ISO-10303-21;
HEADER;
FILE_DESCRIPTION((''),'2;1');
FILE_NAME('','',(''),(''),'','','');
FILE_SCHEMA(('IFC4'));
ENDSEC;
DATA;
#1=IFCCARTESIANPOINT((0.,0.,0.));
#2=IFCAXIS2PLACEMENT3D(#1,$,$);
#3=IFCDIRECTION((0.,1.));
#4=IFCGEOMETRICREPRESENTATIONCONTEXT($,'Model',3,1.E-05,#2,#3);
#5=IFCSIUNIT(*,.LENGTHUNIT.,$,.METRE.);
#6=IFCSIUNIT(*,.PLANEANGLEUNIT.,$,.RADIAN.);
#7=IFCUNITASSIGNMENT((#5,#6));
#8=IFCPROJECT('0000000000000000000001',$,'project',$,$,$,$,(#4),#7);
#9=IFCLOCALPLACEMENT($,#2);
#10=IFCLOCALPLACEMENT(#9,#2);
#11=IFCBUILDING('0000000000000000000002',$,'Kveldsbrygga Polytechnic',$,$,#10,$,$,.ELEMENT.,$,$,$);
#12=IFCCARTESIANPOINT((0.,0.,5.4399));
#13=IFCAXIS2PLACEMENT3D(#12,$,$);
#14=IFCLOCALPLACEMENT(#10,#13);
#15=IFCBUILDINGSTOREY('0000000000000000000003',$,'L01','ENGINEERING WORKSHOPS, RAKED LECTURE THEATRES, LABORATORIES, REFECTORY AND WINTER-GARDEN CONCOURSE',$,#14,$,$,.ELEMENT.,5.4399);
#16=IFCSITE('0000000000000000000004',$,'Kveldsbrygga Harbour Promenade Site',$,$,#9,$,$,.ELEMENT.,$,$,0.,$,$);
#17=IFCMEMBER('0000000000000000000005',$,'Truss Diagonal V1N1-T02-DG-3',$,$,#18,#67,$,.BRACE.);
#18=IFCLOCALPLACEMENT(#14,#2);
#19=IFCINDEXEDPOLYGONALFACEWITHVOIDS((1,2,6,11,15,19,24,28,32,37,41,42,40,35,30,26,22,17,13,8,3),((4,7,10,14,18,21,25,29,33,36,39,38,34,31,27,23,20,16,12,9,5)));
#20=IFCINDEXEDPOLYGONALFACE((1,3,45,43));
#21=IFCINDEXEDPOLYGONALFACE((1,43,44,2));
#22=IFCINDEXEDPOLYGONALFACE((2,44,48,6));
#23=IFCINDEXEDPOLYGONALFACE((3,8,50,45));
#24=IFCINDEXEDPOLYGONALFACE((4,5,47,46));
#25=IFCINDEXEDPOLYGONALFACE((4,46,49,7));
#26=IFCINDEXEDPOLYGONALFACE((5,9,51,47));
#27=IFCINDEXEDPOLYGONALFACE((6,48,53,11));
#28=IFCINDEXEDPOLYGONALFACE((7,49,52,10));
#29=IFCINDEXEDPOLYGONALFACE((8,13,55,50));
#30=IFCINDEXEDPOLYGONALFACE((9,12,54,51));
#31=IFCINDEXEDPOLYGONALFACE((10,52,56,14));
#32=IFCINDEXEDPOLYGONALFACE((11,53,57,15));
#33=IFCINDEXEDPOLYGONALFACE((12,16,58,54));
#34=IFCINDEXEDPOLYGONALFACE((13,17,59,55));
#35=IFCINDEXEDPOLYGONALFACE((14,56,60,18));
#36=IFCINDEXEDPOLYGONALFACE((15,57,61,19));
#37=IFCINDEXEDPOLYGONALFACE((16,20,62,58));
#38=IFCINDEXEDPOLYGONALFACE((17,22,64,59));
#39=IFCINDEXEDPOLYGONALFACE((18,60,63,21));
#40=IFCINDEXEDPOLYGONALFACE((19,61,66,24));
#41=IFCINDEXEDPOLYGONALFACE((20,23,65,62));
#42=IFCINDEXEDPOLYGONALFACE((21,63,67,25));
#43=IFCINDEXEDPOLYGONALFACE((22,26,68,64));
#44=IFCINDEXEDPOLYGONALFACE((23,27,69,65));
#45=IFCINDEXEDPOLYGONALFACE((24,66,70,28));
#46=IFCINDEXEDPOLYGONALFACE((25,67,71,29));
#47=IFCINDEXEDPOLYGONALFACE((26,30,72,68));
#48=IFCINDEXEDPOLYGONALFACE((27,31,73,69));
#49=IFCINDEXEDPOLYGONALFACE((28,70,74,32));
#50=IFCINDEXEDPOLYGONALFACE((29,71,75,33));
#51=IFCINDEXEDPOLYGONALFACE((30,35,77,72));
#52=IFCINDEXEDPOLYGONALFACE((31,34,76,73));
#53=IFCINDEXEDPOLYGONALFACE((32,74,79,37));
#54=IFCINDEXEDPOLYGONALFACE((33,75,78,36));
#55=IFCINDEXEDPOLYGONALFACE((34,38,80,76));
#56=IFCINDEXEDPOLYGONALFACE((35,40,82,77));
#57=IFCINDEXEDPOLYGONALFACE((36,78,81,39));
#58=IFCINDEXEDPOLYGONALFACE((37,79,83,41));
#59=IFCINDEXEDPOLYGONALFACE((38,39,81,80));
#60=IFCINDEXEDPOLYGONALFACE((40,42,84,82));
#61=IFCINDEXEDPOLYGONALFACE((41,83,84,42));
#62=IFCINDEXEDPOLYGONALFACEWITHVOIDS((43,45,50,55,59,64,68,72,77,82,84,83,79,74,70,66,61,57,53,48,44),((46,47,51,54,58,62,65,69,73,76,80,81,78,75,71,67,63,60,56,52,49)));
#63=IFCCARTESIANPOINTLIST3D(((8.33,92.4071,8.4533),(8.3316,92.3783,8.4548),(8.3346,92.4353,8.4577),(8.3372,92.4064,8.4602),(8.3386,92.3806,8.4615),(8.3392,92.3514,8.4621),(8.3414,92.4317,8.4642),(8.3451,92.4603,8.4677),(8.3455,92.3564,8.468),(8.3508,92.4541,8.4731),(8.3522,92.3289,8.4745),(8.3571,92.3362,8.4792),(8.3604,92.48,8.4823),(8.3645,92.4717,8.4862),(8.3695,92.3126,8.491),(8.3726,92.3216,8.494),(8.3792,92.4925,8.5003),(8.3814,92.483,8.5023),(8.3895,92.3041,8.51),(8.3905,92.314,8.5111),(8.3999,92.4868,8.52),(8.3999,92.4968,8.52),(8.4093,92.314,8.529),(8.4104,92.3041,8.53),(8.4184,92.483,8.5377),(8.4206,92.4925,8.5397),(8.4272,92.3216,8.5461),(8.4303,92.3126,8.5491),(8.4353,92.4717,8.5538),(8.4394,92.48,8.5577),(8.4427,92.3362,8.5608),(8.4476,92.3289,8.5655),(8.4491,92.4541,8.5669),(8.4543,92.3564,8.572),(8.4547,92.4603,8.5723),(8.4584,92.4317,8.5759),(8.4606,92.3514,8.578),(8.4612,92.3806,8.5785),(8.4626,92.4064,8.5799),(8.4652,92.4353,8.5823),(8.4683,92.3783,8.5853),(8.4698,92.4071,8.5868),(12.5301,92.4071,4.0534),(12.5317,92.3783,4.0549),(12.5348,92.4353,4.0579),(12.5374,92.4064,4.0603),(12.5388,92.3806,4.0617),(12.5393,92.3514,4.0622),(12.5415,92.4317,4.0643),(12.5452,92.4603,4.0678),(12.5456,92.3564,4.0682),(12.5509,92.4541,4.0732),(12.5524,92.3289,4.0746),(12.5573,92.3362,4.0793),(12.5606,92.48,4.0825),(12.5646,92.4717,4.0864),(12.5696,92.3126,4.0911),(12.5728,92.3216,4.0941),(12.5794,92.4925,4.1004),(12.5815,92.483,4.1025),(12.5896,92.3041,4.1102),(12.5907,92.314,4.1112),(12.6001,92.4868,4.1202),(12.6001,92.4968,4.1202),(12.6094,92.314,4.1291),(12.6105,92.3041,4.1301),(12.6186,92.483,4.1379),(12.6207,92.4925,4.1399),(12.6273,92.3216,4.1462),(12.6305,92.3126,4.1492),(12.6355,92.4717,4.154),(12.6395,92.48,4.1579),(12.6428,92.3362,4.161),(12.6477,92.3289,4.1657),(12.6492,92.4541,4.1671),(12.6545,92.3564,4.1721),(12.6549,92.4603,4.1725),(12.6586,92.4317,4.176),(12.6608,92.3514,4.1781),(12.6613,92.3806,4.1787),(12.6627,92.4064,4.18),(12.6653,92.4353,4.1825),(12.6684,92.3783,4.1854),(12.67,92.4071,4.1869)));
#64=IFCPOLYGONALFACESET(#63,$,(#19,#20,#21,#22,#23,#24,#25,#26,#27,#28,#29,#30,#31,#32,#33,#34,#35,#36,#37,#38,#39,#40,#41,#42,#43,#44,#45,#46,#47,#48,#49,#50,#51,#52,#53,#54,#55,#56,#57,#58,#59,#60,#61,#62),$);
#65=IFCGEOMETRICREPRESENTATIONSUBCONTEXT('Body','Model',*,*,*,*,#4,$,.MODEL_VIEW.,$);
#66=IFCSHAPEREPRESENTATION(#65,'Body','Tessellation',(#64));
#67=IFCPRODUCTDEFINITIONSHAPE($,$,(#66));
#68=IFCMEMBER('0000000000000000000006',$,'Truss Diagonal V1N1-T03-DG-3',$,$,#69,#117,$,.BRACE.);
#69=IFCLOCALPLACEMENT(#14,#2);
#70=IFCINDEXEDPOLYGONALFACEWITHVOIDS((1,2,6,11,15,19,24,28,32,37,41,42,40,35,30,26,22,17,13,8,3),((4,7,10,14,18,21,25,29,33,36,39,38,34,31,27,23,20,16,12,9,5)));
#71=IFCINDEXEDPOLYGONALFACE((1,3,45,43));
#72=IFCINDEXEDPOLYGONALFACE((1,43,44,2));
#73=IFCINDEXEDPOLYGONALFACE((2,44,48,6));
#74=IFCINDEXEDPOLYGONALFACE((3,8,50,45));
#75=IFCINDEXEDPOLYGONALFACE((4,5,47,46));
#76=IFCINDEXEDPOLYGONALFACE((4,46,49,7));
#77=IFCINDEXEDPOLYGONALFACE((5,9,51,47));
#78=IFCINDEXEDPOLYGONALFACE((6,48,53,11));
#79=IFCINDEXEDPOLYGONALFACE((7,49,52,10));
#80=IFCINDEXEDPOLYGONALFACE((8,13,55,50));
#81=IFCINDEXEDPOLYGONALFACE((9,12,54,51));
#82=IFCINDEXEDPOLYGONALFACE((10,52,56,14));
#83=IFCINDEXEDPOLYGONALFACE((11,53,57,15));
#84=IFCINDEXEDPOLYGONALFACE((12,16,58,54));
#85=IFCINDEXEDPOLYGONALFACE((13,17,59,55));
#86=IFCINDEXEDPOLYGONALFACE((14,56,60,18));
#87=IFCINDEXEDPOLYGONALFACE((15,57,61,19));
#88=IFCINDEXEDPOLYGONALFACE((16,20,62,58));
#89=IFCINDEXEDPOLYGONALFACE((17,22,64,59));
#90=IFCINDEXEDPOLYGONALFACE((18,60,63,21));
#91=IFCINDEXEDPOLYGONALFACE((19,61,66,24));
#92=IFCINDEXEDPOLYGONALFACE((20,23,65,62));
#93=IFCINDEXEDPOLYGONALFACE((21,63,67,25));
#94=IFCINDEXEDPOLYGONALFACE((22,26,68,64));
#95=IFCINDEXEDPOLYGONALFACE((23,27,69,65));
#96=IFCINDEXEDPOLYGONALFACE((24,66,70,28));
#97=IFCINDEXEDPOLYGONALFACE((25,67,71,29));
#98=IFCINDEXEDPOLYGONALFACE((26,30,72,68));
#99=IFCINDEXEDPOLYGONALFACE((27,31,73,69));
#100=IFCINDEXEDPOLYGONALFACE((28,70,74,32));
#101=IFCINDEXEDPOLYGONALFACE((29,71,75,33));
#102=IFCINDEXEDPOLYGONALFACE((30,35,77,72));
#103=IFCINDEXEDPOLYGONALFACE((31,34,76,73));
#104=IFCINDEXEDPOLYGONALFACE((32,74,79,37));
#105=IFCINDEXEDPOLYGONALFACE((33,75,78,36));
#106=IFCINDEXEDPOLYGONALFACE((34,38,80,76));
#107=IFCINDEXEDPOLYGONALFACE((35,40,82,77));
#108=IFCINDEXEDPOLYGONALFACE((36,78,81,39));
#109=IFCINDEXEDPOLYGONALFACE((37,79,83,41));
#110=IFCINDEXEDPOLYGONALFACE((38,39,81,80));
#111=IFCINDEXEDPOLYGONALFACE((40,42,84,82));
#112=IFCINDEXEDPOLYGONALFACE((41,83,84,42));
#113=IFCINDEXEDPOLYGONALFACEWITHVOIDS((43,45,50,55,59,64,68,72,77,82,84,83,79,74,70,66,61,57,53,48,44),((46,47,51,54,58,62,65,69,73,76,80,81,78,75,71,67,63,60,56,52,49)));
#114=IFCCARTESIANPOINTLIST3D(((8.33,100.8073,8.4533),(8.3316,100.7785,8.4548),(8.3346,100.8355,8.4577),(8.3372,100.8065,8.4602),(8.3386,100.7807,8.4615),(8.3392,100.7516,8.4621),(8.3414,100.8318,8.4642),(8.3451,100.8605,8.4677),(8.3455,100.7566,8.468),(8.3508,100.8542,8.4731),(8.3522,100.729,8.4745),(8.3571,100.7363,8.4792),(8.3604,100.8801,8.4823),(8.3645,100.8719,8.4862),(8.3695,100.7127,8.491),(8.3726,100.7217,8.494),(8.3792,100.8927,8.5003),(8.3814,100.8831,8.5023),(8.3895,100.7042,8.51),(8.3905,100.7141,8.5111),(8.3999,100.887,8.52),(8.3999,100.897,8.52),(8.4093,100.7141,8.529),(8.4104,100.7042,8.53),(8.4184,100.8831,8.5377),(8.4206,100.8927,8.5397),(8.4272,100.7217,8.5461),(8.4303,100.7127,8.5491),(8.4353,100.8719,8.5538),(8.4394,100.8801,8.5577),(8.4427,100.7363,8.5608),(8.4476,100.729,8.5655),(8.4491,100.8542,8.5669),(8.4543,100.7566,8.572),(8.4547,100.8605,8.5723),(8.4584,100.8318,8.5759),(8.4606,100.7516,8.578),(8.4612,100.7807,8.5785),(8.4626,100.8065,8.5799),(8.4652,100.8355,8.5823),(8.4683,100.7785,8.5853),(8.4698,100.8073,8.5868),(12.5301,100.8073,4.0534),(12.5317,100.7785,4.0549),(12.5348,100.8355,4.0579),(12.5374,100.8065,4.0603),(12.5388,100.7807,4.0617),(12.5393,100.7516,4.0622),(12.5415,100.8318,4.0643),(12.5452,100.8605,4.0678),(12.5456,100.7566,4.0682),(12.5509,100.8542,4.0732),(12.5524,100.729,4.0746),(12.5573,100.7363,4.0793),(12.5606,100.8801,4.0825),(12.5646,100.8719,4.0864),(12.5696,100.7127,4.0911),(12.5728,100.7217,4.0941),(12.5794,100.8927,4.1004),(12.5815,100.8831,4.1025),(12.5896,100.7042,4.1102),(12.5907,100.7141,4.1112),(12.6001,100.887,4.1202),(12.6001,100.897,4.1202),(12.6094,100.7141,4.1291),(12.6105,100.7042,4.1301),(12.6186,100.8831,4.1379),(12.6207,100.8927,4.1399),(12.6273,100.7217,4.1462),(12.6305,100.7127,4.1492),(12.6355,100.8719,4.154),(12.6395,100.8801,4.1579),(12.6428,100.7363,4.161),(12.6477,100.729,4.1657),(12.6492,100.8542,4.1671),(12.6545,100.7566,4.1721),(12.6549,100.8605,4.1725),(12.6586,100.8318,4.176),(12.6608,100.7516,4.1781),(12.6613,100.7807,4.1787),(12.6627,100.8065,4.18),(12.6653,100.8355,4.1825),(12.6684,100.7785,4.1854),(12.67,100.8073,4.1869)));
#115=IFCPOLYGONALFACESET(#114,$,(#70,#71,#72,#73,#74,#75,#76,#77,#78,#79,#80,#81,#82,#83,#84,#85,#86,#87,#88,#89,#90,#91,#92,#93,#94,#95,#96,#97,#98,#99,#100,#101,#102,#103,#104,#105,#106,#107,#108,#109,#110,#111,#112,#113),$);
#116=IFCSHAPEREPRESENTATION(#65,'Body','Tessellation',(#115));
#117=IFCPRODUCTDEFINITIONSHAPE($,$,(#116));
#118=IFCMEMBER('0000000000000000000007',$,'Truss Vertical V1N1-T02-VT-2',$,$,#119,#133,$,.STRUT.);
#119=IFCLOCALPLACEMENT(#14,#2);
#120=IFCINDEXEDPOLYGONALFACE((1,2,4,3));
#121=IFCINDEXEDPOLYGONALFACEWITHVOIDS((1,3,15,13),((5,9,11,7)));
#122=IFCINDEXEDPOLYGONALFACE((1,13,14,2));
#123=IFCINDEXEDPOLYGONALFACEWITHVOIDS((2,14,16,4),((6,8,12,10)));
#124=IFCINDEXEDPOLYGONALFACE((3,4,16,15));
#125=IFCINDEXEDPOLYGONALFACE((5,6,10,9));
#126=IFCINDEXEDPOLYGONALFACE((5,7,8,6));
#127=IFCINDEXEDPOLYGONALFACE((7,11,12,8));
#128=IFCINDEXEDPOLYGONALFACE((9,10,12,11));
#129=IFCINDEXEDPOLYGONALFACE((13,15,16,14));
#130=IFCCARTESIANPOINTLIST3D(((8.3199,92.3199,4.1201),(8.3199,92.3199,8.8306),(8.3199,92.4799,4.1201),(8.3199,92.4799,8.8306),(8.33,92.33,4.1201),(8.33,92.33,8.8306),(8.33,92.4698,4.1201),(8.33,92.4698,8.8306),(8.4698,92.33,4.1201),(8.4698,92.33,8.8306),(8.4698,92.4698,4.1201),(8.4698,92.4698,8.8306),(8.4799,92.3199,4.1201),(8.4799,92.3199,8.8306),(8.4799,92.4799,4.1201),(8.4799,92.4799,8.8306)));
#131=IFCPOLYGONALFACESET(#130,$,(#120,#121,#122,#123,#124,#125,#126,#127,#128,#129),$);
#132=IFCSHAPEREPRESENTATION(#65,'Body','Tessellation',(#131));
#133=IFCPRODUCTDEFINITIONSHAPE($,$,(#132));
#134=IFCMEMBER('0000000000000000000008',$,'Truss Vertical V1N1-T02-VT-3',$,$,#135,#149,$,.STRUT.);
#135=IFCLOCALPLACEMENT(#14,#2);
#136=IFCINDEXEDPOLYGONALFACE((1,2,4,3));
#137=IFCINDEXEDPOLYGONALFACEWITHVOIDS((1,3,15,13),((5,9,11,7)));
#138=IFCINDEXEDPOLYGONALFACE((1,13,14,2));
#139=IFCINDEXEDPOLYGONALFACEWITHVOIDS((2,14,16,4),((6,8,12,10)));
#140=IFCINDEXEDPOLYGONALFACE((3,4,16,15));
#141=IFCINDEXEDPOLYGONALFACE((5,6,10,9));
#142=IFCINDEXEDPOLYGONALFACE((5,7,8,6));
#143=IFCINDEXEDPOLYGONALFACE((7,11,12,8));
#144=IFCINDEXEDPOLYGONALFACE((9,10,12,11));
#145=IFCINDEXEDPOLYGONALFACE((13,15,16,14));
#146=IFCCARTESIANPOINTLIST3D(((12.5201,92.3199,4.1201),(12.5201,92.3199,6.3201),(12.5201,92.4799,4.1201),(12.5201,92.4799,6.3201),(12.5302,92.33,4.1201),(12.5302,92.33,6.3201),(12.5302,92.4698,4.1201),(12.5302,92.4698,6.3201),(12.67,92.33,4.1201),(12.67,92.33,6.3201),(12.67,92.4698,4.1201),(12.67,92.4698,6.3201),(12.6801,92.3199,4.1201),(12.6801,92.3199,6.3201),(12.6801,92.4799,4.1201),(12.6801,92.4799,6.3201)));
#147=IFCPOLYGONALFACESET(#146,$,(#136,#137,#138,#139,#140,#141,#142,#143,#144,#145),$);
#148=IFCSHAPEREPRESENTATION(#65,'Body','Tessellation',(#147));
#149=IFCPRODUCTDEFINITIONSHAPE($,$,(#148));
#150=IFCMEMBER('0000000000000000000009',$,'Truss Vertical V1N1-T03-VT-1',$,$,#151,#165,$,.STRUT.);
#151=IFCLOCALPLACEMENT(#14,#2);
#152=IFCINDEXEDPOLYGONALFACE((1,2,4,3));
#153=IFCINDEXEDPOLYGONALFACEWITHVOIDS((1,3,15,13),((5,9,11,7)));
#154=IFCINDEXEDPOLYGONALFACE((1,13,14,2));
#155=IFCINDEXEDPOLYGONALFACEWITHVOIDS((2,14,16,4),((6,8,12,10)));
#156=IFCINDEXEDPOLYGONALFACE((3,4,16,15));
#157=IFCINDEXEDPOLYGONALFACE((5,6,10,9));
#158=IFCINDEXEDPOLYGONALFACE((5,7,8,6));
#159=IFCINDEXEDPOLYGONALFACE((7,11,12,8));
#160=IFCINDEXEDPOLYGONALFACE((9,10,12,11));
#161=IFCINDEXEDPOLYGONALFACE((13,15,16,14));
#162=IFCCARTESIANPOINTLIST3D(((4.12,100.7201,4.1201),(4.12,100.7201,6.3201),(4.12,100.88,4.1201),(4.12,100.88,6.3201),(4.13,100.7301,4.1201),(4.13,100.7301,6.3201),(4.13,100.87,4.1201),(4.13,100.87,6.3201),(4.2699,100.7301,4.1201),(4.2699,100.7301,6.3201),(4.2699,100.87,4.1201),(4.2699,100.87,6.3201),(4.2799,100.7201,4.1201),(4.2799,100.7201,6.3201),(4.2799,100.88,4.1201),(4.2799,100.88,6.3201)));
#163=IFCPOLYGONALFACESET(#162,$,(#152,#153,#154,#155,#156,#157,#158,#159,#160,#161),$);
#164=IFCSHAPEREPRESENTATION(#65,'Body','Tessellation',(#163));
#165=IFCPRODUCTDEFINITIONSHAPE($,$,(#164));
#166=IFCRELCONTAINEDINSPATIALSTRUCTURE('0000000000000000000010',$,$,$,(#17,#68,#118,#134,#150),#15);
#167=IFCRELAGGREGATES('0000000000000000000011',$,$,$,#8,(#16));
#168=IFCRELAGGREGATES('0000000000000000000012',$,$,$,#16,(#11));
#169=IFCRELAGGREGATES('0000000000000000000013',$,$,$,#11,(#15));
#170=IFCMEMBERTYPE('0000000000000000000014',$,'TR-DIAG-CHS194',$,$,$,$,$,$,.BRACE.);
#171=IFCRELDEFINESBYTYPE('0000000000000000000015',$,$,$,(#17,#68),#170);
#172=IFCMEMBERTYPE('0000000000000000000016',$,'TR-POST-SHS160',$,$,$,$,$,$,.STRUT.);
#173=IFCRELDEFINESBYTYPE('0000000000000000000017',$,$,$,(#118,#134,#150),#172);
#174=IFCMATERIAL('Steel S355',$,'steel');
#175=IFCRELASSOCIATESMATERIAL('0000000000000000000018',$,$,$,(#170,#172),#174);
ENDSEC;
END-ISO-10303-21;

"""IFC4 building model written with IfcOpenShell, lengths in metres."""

from ifc_helpers import new_model, si_unit, direction, frame, origin, origin_2d, place, context, subcontext, project, spatial, hollow_rectangle, hollow_circle, extrude, material, material_profile, profile_set, type_object, element, save


model = new_model("IFC4")

# Units and contexts
model_context = context("Model", 3, precision=1e-05, world=origin(), true_north=direction((0.0, 1.0)))
body_context = subcontext(model_context, "Body", "Model", "MODEL_VIEW")
ifc_project = project(units=[si_unit("LENGTHUNIT", "METRE"), si_unit("PLANEANGLEUNIT", "RADIAN")], contexts=[model_context])

# Site, building, storey
site_placement = place(None, origin())
site = spatial("IfcSite", under=ifc_project, at=site_placement, Name="Kveldsbrygga Harbour Promenade Site", CompositionType="ELEMENT", RefElevation=0.0)
building_placement = place(site_placement, origin())
building = spatial("IfcBuilding", under=site, at=building_placement, Name="Kveldsbrygga Polytechnic", CompositionType="ELEMENT")
storey_placement = place(building_placement, frame((0.0, 0.0, 5.4399)))
storey = spatial("IfcBuildingStorey", under=building, at=storey_placement, Name="L01", Description="ENGINEERING WORKSHOPS, RAKED LECTURE THEATRES, LABORATORIES, REFECTORY AND WINTER-GARDEN CONCOURSE", CompositionType="ELEMENT", Elevation=5.4399)

# Members
ifc_material_1 = material(Name="Steel S355", Category="steel")
ifc_material_profile_1 = material_profile(ifc_material_1, hollow_circle(Radius=0.0969, WallThickness=0.01, at=origin_2d()), Name="CHS 193.7x10.0")
ifc_profile_set_1 = profile_set([ifc_material_profile_1], Name="Steel S355")
member_type_1 = type_object("IfcMemberType", Name="TR-DIAG-CHS194", PredefinedType="BRACE", material=ifc_profile_set_1)
for number, where, z_axis, x_axis, name in (
    (1, (8.3999, 92.3999, 8.52), (0.690501, 0.0, -0.723332), (0.0, 1.0, 0.0), "Truss Diagonal V1N1-T02-DG-3"),
    (2, (8.3999, 100.8, 8.52), (0.690501, 0.0, -0.723332), (0.0, 1.0, 0.0), "Truss Diagonal V1N1-T03-DG-3"),
):
    element("IfcMember", number, at=place(storey_placement, frame(where, z_axis=z_axis, x_axis=x_axis)), inside=storey, type_object=member_type_1, Name=name, PredefinedType="BRACE", context=body_context, shape_type="SweptSolid", body=[
        extrude(hollow_circle(Radius=0.0969, WallThickness=0.01, at=origin_2d()), origin(), (0.0, 0.0, 1.0), 6.0828),
    ])
ifc_material_profile_2 = material_profile(ifc_material_1, hollow_rectangle(XDim=0.1599, YDim=0.1599, WallThickness=0.01, at=origin_2d()), Name="SHS 160x160x10.0")
ifc_profile_set_2 = profile_set([ifc_material_profile_2], Name="Steel S355")
member_type_2 = type_object("IfcMemberType", Name="TR-POST-SHS160", PredefinedType="STRUT", material=ifc_profile_set_2)
member_1_placement = place(storey_placement, frame((8.3999, 92.3999, 4.1201), z_axis=(0.0, 0.0, 1.0), x_axis=(1.0, 0.0, 0.0)))
element("IfcMember", 3, at=member_1_placement, inside=storey, type_object=member_type_2, Name="Truss Vertical V1N1-T02-VT-2", PredefinedType="STRUT", context=body_context, shape_type="SweptSolid", body=[
    extrude(hollow_rectangle(XDim=0.1599, YDim=0.1599, WallThickness=0.01, at=origin_2d()), origin(), (0.0, 0.0, 1.0), 4.7104),
])
for number, where, z_axis, x_axis, name in (
    (4, (12.6001, 92.3999, 4.1201), (0.0, 0.0, 1.0), (1.0, 0.0, 0.0), "Truss Vertical V1N1-T02-VT-3"),
    (5, (4.2, 100.8, 4.1201), (0.0, 0.0, 1.0), (1.0, 0.0, 0.0), "Truss Vertical V1N1-T03-VT-1"),
):
    element("IfcMember", number, at=place(storey_placement, frame(where, z_axis=z_axis, x_axis=x_axis)), inside=storey, type_object=member_type_2, Name=name, PredefinedType="STRUT", context=body_context, shape_type="SweptSolid", body=[
        extrude(hollow_rectangle(XDim=0.1599, YDim=0.1599, WallThickness=0.01, at=origin_2d()), origin(), (0.0, 0.0, 1.0), 2.2),
    ])

save(model, "model.ifc")
